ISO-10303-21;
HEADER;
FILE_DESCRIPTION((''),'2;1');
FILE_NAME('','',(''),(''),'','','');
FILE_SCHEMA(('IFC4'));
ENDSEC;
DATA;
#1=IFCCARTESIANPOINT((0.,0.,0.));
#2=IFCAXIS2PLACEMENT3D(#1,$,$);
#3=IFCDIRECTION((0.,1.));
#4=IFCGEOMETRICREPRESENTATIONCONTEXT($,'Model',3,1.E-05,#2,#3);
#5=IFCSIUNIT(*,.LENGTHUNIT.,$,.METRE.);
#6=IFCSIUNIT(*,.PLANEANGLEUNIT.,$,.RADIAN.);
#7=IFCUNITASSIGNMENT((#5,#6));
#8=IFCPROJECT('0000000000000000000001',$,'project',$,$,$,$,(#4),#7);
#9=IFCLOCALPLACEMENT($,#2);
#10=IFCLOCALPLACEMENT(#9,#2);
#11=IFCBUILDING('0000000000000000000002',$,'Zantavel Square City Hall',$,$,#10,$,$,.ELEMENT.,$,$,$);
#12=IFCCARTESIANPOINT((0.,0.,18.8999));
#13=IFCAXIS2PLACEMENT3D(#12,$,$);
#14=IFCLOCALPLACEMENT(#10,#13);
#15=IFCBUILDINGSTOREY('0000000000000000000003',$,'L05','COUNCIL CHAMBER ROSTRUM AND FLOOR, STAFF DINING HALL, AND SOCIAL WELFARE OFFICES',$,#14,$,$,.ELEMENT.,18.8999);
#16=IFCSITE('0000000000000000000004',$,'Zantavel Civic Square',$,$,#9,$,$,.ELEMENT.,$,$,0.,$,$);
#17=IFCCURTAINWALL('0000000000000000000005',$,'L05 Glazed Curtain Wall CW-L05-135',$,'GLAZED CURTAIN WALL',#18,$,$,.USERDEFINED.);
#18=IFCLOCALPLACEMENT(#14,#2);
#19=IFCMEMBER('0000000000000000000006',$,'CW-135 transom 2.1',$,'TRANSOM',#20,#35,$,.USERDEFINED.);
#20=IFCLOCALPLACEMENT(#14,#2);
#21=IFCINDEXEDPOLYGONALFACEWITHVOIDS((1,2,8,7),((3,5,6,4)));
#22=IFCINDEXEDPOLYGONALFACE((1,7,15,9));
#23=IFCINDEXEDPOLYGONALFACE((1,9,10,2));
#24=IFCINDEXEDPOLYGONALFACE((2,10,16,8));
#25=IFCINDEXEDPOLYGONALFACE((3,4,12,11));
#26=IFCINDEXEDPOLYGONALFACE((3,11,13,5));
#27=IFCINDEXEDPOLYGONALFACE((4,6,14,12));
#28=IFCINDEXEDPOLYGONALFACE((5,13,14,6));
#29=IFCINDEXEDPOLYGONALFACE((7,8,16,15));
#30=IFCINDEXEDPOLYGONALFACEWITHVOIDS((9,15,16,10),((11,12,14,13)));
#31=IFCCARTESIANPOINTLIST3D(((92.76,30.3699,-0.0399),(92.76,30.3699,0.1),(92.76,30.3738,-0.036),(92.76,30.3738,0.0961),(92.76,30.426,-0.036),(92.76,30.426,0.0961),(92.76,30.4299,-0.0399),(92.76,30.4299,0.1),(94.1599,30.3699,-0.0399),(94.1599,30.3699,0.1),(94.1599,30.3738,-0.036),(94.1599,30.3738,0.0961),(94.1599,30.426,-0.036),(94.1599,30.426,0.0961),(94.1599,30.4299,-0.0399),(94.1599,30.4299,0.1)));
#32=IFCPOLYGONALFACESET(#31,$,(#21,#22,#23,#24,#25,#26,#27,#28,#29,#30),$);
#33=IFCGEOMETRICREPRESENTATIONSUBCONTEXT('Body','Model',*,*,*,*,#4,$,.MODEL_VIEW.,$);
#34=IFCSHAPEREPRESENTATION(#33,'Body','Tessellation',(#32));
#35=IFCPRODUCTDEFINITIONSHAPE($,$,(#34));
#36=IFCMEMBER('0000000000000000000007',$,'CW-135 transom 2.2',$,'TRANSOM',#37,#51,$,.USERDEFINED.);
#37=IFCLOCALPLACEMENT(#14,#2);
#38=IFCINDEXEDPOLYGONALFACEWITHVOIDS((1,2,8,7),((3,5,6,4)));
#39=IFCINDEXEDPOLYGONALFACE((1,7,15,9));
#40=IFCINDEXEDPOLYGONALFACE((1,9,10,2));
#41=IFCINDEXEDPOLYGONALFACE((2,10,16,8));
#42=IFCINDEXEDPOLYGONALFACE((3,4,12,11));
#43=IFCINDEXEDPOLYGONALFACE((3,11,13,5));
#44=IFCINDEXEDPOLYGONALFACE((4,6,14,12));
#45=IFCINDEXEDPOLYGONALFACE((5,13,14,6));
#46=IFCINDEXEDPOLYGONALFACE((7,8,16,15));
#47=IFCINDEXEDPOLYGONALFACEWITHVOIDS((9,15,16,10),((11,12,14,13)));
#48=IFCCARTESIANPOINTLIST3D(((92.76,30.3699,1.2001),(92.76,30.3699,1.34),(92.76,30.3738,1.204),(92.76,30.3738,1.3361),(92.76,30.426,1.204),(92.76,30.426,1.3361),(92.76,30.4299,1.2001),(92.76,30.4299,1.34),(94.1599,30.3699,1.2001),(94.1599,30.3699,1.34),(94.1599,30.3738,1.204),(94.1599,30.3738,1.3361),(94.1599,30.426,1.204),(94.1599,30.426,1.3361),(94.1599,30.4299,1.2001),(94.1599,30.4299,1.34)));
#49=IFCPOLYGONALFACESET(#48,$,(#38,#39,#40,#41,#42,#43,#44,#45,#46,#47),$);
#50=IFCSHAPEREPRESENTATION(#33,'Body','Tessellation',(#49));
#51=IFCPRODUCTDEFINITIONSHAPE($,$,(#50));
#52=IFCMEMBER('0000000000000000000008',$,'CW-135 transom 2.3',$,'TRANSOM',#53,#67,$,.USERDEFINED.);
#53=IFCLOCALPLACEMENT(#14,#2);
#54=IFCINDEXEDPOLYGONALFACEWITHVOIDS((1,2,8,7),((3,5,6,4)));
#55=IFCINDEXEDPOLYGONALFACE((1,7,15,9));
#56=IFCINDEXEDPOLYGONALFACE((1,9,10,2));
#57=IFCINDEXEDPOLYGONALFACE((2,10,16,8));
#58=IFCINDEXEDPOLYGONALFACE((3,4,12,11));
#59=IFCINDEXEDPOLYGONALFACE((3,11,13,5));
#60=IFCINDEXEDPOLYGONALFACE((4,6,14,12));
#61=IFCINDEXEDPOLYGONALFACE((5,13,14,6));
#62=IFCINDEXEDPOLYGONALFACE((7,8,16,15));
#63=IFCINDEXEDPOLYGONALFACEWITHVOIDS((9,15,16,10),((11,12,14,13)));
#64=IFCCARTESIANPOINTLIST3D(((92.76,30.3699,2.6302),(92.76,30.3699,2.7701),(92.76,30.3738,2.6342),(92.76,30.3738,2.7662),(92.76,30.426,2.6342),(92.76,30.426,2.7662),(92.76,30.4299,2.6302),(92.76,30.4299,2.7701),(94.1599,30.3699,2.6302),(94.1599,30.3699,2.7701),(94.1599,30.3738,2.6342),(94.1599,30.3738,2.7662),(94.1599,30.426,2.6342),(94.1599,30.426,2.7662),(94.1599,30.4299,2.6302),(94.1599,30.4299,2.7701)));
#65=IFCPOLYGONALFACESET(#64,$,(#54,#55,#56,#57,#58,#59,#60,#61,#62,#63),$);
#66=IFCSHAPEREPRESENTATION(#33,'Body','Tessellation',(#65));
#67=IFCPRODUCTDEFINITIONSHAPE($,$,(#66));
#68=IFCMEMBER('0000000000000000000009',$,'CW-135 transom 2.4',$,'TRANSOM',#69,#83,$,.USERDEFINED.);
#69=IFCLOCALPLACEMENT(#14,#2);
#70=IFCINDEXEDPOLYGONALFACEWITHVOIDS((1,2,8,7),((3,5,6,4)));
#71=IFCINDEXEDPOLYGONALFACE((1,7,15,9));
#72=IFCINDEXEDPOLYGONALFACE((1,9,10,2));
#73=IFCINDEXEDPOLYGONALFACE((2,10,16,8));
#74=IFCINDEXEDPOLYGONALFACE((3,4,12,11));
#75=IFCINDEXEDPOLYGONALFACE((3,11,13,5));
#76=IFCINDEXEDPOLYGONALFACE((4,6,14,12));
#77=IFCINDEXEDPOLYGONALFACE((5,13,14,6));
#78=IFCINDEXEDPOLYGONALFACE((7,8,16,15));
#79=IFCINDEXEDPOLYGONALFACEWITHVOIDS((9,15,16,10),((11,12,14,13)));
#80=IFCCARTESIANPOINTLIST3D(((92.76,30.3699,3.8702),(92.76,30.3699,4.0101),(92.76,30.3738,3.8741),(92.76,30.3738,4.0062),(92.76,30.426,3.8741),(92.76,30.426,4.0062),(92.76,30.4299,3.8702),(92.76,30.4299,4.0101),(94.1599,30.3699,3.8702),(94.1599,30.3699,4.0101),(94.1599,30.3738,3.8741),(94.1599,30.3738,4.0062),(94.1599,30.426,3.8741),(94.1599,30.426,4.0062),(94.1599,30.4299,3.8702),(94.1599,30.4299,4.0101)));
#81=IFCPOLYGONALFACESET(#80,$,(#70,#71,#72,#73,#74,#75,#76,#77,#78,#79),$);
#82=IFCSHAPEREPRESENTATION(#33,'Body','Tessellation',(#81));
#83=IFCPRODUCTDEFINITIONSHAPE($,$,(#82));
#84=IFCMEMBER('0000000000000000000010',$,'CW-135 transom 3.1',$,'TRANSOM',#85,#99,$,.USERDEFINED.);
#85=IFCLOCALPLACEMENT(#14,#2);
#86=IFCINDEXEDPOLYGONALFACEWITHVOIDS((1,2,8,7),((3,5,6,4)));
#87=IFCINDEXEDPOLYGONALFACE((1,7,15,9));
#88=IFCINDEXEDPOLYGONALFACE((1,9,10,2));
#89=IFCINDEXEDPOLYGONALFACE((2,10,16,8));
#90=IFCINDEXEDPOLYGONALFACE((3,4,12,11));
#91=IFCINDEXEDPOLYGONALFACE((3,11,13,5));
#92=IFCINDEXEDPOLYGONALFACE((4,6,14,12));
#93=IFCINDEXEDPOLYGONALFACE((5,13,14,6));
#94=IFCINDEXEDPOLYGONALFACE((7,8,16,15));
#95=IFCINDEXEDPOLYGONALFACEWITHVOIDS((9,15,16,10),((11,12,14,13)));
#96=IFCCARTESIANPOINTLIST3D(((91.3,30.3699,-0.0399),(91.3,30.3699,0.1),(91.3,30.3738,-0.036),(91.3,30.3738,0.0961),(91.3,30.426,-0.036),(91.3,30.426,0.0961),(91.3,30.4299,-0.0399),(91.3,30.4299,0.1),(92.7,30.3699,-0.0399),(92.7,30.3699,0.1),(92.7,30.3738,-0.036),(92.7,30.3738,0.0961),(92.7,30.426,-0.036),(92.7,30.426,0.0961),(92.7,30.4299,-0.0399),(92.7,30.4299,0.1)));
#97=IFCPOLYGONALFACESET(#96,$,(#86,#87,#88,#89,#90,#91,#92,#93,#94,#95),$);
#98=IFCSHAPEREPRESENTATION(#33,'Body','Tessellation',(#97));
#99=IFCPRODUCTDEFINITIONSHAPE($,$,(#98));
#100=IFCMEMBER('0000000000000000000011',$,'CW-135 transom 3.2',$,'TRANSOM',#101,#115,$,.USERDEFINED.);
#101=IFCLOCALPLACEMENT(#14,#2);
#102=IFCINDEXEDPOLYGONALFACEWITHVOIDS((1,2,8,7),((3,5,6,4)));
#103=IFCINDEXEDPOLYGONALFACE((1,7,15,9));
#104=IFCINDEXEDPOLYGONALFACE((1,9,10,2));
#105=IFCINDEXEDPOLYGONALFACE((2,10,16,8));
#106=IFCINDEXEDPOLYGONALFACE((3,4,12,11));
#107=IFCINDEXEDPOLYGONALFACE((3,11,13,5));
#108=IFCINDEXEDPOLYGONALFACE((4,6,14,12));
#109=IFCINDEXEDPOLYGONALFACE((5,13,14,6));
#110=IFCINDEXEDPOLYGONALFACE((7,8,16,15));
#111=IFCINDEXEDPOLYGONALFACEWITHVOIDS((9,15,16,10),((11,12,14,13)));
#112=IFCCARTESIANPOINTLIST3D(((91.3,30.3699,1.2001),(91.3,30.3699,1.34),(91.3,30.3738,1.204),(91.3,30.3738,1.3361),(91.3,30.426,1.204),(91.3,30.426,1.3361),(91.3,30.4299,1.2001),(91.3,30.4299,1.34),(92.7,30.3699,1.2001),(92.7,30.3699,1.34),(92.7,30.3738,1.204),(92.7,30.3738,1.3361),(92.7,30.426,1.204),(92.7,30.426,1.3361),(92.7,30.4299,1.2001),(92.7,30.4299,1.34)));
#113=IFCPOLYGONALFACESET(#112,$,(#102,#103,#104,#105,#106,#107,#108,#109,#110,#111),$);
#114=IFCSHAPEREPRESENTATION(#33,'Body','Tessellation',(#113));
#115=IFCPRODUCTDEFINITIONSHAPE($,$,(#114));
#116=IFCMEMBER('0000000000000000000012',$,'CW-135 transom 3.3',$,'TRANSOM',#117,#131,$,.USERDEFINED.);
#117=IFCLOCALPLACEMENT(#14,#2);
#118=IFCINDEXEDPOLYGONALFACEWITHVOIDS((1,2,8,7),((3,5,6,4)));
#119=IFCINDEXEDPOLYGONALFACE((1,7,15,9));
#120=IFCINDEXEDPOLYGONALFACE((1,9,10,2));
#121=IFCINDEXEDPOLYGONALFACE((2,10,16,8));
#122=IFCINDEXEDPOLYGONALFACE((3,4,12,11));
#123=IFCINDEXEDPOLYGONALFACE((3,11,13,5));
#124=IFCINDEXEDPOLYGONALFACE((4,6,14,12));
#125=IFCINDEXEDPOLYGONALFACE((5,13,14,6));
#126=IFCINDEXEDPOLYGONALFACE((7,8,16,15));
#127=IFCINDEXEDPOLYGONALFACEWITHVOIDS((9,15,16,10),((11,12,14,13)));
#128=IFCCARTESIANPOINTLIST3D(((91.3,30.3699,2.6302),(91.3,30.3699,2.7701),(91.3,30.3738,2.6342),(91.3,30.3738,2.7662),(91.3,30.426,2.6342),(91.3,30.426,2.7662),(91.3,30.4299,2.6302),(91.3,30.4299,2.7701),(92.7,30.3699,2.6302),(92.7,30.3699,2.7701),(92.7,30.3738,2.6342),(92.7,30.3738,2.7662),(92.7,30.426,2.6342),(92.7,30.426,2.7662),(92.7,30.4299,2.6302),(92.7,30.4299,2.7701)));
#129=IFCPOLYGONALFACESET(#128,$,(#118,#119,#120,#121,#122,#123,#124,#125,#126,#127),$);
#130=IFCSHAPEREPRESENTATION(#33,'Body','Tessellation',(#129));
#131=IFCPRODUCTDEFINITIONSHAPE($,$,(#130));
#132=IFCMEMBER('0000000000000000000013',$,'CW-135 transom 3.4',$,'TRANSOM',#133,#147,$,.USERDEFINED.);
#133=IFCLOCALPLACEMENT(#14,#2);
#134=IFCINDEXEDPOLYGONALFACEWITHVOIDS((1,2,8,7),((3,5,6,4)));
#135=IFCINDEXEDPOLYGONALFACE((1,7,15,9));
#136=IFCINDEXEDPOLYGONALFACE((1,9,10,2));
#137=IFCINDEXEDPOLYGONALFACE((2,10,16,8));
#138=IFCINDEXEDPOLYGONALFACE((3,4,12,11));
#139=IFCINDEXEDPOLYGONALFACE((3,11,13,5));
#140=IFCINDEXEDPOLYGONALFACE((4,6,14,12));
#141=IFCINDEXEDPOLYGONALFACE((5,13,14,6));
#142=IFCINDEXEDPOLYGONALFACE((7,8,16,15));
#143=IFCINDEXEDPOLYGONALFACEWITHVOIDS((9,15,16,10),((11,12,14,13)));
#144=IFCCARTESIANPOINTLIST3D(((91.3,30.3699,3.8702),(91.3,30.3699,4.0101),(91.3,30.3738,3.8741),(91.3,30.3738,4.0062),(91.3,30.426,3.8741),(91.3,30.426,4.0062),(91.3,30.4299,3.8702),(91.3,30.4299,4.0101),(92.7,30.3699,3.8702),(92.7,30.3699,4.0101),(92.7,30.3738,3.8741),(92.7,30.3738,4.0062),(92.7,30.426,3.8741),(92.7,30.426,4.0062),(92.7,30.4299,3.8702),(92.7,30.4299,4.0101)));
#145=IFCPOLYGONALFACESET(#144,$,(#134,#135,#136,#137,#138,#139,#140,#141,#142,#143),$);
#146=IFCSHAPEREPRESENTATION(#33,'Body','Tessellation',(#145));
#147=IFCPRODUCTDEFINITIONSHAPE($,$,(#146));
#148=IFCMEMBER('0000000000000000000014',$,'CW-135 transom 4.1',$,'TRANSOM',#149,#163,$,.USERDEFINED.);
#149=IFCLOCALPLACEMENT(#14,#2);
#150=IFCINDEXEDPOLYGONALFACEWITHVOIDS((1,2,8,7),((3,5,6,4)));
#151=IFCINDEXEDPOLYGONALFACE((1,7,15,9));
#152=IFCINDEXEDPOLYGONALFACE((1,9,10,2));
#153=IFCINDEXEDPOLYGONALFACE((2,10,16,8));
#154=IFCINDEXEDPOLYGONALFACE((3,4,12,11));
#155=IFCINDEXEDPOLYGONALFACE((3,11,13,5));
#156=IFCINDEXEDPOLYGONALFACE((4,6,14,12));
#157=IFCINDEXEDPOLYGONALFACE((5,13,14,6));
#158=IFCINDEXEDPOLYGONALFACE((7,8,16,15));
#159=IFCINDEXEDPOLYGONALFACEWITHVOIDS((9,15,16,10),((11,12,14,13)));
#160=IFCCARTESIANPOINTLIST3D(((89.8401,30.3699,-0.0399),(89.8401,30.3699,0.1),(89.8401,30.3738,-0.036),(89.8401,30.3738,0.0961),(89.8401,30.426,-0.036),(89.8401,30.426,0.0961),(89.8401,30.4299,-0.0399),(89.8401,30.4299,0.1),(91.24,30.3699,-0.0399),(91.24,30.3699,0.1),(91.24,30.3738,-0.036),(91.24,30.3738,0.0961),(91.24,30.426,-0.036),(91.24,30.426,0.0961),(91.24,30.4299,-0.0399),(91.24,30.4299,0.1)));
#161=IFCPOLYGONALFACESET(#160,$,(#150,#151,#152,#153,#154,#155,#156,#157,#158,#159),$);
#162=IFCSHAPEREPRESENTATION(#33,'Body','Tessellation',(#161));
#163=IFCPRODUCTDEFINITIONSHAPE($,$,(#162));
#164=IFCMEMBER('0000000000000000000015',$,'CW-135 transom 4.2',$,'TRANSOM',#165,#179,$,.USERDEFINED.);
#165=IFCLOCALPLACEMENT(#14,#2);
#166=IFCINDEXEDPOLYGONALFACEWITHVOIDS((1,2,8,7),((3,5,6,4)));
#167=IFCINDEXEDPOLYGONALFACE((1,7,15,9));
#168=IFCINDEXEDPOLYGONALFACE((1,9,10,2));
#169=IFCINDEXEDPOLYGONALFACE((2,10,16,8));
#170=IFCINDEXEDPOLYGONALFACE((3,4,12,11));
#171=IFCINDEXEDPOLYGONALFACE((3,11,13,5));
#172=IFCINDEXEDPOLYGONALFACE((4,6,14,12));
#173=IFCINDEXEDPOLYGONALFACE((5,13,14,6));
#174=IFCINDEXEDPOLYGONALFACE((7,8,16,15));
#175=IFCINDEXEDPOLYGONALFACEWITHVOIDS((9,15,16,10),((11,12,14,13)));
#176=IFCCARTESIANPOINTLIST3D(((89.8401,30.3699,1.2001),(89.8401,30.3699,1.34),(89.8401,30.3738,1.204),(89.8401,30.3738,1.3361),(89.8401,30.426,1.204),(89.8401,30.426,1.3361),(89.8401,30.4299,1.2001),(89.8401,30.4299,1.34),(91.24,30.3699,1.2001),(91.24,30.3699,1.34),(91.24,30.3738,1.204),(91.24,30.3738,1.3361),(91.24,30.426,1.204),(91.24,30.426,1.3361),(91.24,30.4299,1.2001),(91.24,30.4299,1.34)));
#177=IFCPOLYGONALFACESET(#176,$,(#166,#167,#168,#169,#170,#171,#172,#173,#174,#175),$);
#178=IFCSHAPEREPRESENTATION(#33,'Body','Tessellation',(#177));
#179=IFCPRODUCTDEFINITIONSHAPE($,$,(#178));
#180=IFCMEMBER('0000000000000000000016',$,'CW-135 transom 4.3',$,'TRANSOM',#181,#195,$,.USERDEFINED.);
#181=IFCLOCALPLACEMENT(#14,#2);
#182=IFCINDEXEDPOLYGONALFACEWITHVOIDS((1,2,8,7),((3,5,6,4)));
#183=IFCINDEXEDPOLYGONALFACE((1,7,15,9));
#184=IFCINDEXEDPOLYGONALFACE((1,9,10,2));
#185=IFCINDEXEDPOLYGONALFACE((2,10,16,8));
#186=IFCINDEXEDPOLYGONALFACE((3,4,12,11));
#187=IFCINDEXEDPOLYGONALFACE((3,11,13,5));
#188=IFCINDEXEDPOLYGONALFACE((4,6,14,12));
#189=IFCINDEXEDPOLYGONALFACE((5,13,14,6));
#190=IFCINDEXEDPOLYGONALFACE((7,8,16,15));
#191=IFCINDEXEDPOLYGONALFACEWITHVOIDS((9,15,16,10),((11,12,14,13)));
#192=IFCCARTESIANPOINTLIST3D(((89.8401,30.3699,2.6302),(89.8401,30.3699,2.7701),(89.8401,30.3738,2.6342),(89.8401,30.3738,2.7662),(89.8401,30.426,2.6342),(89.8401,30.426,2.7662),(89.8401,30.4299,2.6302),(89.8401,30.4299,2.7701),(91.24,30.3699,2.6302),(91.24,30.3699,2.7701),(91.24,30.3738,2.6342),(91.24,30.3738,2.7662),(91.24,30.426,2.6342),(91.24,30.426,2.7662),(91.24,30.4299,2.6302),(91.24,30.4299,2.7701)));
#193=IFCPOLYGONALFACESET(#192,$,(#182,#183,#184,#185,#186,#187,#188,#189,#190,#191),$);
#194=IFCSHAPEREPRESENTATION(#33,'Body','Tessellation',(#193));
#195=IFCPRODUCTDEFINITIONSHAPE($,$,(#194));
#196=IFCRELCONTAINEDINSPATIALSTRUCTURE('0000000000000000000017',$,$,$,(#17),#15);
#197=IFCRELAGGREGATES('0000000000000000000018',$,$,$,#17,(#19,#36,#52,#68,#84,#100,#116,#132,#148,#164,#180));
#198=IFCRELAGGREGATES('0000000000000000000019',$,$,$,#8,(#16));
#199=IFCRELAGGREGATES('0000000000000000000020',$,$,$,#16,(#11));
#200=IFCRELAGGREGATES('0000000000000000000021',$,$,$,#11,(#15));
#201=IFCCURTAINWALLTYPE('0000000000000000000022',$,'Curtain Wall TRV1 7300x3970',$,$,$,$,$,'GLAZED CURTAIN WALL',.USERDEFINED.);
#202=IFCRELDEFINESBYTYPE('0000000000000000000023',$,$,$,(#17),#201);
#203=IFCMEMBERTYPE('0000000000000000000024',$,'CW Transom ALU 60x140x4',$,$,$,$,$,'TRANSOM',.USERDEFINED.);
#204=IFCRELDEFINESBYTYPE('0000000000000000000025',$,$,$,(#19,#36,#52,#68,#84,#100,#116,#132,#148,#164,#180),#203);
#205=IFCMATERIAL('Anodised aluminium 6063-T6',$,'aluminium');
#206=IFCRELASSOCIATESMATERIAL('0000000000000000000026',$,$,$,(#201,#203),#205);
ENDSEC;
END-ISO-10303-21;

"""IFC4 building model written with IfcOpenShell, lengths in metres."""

from ifc_helpers import new_model, si_unit, direction, frame, origin, origin_2d, place, context, subcontext, project, spatial, hollow_rectangle, extrude, material, material_profile, profile_set, type_object, element, aggregate, save


model = new_model("IFC4")

# Units and contexts
model_context = context("Model", 3, precision=1e-05, world=origin(), true_north=direction((0.0, 1.0)))
body_context = subcontext(model_context, "Body", "Model", "MODEL_VIEW")
ifc_project = project(units=[si_unit("LENGTHUNIT", "METRE"), si_unit("PLANEANGLEUNIT", "RADIAN")], contexts=[model_context])

# Site, building, storey
site_placement = place(None, origin())
site = spatial("IfcSite", under=ifc_project, at=site_placement, Name="Zantavel Civic Square", CompositionType="ELEMENT", RefElevation=0.0)
building_placement = place(site_placement, origin())
building = spatial("IfcBuilding", under=site, at=building_placement, Name="Zantavel Square City Hall", CompositionType="ELEMENT")
storey_placement = place(building_placement, frame((0.0, 0.0, 18.8999)))
storey = spatial("IfcBuildingStorey", under=building, at=storey_placement, Name="L05", Description="COUNCIL CHAMBER ROSTRUM AND FLOOR, STAFF DINING HALL, AND SOCIAL WELFARE OFFICES", CompositionType="ELEMENT", Elevation=18.8999)

# Shared definitions
ifc_material_1 = material(Name="Anodised aluminium 6063-T6", Category="aluminium")
curtain_wall_type = type_object("IfcCurtainWallType", Name="Curtain Wall TRV1 7300x3970", ElementType="GLAZED CURTAIN WALL", PredefinedType="USERDEFINED", material=ifc_material_1)

# Curtain wall
curtain_wall_1_placement = place(storey_placement, origin())
curtain_wall_1 = element("IfcCurtainWall", 1, at=curtain_wall_1_placement, inside=storey, type_object=curtain_wall_type, Name="L05 Glazed Curtain Wall CW-L05-135", ObjectType="GLAZED CURTAIN WALL", PredefinedType="USERDEFINED")

# Members
ifc_material_profile_1 = material_profile(ifc_material_1, hollow_rectangle(XDim=0.0601, YDim=0.1399, WallThickness=0.0039, at=origin_2d()), Name="ALU 60x140x4")
ifc_profile_set_1 = profile_set([ifc_material_profile_1], Name="Anodised aluminium 6063-T6")
member_type_1 = type_object("IfcMemberType", Name="CW Transom ALU 60x140x4", ElementType="TRANSOM", PredefinedType="USERDEFINED", material=ifc_profile_set_1)
member_1_placement = place(storey_placement, frame((94.1599, 30.3999, 0.03), z_axis=(-1.0, 0.0, 0.0), x_axis=(0.0, -1.0, 0.0)))
member_1 = element("IfcMember", 2, at=member_1_placement, type_object=member_type_1, Name="CW-135 transom 2.1", ObjectType="TRANSOM", PredefinedType="USERDEFINED", context=body_context, shape_type="SweptSolid", body=[
    extrude(hollow_rectangle(XDim=0.0601, YDim=0.1399, WallThickness=0.0039, at=origin_2d()), origin(), (0.0, 0.0, 1.0), 1.3999),
])
member_2_placement = place(storey_placement, frame((94.1599, 30.3999, 1.27), z_axis=(-1.0, 0.0, 0.0), x_axis=(0.0, -1.0, 0.0)))
member_2 = element("IfcMember", 3, at=member_2_placement, type_object=member_type_1, Name="CW-135 transom 2.2", ObjectType="TRANSOM", PredefinedType="USERDEFINED", context=body_context, shape_type="SweptSolid", body=[
    extrude(hollow_rectangle(XDim=0.0601, YDim=0.1399, WallThickness=0.0039, at=origin_2d()), origin(), (0.0, 0.0, 1.0), 1.3999),
])
member_3_placement = place(storey_placement, frame((94.1599, 30.3999, 2.7002), z_axis=(-1.0, 0.0, 0.0), x_axis=(0.0, -1.0, 0.0)))
member_3 = element("IfcMember", 4, at=member_3_placement, type_object=member_type_1, Name="CW-135 transom 2.3", ObjectType="TRANSOM", PredefinedType="USERDEFINED", context=body_context, shape_type="SweptSolid", body=[
    extrude(hollow_rectangle(XDim=0.0601, YDim=0.1399, WallThickness=0.0039, at=origin_2d()), origin(), (0.0, 0.0, 1.0), 1.3999),
])
member_4_placement = place(storey_placement, frame((94.1599, 30.3999, 3.9402), z_axis=(-1.0, 0.0, 0.0), x_axis=(0.0, -1.0, 0.0)))
member_4 = element("IfcMember", 5, at=member_4_placement, type_object=member_type_1, Name="CW-135 transom 2.4", ObjectType="TRANSOM", PredefinedType="USERDEFINED", context=body_context, shape_type="SweptSolid", body=[
    extrude(hollow_rectangle(XDim=0.0601, YDim=0.1399, WallThickness=0.0039, at=origin_2d()), origin(), (0.0, 0.0, 1.0), 1.3999),
])
member_5_placement = place(storey_placement, frame((92.7, 30.3999, 0.03), z_axis=(-1.0, 0.0, 0.0), x_axis=(0.0, -1.0, 0.0)))
member_5 = element("IfcMember", 6, at=member_5_placement, type_object=member_type_1, Name="CW-135 transom 3.1", ObjectType="TRANSOM", PredefinedType="USERDEFINED", context=body_context, shape_type="SweptSolid", body=[
    extrude(hollow_rectangle(XDim=0.0601, YDim=0.1399, WallThickness=0.0039, at=origin_2d()), origin(), (0.0, 0.0, 1.0), 1.3999),
])
member_6_placement = place(storey_placement, frame((92.7, 30.3999, 1.27), z_axis=(-1.0, 0.0, 0.0), x_axis=(0.0, -1.0, 0.0)))
member_6 = element("IfcMember", 7, at=member_6_placement, type_object=member_type_1, Name="CW-135 transom 3.2", ObjectType="TRANSOM", PredefinedType="USERDEFINED", context=body_context, shape_type="SweptSolid", body=[
    extrude(hollow_rectangle(XDim=0.0601, YDim=0.1399, WallThickness=0.0039, at=origin_2d()), origin(), (0.0, 0.0, 1.0), 1.3999),
])
member_7_placement = place(storey_placement, frame((92.7, 30.3999, 2.7002), z_axis=(-1.0, 0.0, 0.0), x_axis=(0.0, -1.0, 0.0)))
member_7 = element("IfcMember", 8, at=member_7_placement, type_object=member_type_1, Name="CW-135 transom 3.3", ObjectType="TRANSOM", PredefinedType="USERDEFINED", context=body_context, shape_type="SweptSolid", body=[
    extrude(hollow_rectangle(XDim=0.0601, YDim=0.1399, WallThickness=0.0039, at=origin_2d()), origin(), (0.0, 0.0, 1.0), 1.3999),
])
member_8_placement = place(storey_placement, frame((92.7, 30.3999, 3.9402), z_axis=(-1.0, 0.0, 0.0), x_axis=(0.0, -1.0, 0.0)))
member_8 = element("IfcMember", 9, at=member_8_placement, type_object=member_type_1, Name="CW-135 transom 3.4", ObjectType="TRANSOM", PredefinedType="USERDEFINED", context=body_context, shape_type="SweptSolid", body=[
    extrude(hollow_rectangle(XDim=0.0601, YDim=0.1399, WallThickness=0.0039, at=origin_2d()), origin(), (0.0, 0.0, 1.0), 1.3999),
])
member_9_placement = place(storey_placement, frame((91.24, 30.3999, 0.03), z_axis=(-1.0, 0.0, 0.0), x_axis=(0.0, -1.0, 0.0)))
member_9 = element("IfcMember", 10, at=member_9_placement, type_object=member_type_1, Name="CW-135 transom 4.1", ObjectType="TRANSOM", PredefinedType="USERDEFINED", context=body_context, shape_type="SweptSolid", body=[
    extrude(hollow_rectangle(XDim=0.0601, YDim=0.1399, WallThickness=0.0039, at=origin_2d()), origin(), (0.0, 0.0, 1.0), 1.3999),
])
member_10_placement = place(storey_placement, frame((91.24, 30.3999, 1.27), z_axis=(-1.0, 0.0, 0.0), x_axis=(0.0, -1.0, 0.0)))
member_10 = element("IfcMember", 11, at=member_10_placement, type_object=member_type_1, Name="CW-135 transom 4.2", ObjectType="TRANSOM", PredefinedType="USERDEFINED", context=body_context, shape_type="SweptSolid", body=[
    extrude(hollow_rectangle(XDim=0.0601, YDim=0.1399, WallThickness=0.0039, at=origin_2d()), origin(), (0.0, 0.0, 1.0), 1.3999),
])
member_11_placement = place(storey_placement, frame((91.24, 30.3999, 2.7002), z_axis=(-1.0, 0.0, 0.0), x_axis=(0.0, -1.0, 0.0)))
member_11 = element("IfcMember", 12, at=member_11_placement, type_object=member_type_1, Name="CW-135 transom 4.3", ObjectType="TRANSOM", PredefinedType="USERDEFINED", context=body_context, shape_type="SweptSolid", body=[
    extrude(hollow_rectangle(XDim=0.0601, YDim=0.1399, WallThickness=0.0039, at=origin_2d()), origin(), (0.0, 0.0, 1.0), 1.3999),
])

aggregate(curtain_wall_1, [member_1, member_2, member_3, member_4, member_5, member_6, member_7, member_8, member_9, member_10, member_11])

save(model, "model.ifc")
